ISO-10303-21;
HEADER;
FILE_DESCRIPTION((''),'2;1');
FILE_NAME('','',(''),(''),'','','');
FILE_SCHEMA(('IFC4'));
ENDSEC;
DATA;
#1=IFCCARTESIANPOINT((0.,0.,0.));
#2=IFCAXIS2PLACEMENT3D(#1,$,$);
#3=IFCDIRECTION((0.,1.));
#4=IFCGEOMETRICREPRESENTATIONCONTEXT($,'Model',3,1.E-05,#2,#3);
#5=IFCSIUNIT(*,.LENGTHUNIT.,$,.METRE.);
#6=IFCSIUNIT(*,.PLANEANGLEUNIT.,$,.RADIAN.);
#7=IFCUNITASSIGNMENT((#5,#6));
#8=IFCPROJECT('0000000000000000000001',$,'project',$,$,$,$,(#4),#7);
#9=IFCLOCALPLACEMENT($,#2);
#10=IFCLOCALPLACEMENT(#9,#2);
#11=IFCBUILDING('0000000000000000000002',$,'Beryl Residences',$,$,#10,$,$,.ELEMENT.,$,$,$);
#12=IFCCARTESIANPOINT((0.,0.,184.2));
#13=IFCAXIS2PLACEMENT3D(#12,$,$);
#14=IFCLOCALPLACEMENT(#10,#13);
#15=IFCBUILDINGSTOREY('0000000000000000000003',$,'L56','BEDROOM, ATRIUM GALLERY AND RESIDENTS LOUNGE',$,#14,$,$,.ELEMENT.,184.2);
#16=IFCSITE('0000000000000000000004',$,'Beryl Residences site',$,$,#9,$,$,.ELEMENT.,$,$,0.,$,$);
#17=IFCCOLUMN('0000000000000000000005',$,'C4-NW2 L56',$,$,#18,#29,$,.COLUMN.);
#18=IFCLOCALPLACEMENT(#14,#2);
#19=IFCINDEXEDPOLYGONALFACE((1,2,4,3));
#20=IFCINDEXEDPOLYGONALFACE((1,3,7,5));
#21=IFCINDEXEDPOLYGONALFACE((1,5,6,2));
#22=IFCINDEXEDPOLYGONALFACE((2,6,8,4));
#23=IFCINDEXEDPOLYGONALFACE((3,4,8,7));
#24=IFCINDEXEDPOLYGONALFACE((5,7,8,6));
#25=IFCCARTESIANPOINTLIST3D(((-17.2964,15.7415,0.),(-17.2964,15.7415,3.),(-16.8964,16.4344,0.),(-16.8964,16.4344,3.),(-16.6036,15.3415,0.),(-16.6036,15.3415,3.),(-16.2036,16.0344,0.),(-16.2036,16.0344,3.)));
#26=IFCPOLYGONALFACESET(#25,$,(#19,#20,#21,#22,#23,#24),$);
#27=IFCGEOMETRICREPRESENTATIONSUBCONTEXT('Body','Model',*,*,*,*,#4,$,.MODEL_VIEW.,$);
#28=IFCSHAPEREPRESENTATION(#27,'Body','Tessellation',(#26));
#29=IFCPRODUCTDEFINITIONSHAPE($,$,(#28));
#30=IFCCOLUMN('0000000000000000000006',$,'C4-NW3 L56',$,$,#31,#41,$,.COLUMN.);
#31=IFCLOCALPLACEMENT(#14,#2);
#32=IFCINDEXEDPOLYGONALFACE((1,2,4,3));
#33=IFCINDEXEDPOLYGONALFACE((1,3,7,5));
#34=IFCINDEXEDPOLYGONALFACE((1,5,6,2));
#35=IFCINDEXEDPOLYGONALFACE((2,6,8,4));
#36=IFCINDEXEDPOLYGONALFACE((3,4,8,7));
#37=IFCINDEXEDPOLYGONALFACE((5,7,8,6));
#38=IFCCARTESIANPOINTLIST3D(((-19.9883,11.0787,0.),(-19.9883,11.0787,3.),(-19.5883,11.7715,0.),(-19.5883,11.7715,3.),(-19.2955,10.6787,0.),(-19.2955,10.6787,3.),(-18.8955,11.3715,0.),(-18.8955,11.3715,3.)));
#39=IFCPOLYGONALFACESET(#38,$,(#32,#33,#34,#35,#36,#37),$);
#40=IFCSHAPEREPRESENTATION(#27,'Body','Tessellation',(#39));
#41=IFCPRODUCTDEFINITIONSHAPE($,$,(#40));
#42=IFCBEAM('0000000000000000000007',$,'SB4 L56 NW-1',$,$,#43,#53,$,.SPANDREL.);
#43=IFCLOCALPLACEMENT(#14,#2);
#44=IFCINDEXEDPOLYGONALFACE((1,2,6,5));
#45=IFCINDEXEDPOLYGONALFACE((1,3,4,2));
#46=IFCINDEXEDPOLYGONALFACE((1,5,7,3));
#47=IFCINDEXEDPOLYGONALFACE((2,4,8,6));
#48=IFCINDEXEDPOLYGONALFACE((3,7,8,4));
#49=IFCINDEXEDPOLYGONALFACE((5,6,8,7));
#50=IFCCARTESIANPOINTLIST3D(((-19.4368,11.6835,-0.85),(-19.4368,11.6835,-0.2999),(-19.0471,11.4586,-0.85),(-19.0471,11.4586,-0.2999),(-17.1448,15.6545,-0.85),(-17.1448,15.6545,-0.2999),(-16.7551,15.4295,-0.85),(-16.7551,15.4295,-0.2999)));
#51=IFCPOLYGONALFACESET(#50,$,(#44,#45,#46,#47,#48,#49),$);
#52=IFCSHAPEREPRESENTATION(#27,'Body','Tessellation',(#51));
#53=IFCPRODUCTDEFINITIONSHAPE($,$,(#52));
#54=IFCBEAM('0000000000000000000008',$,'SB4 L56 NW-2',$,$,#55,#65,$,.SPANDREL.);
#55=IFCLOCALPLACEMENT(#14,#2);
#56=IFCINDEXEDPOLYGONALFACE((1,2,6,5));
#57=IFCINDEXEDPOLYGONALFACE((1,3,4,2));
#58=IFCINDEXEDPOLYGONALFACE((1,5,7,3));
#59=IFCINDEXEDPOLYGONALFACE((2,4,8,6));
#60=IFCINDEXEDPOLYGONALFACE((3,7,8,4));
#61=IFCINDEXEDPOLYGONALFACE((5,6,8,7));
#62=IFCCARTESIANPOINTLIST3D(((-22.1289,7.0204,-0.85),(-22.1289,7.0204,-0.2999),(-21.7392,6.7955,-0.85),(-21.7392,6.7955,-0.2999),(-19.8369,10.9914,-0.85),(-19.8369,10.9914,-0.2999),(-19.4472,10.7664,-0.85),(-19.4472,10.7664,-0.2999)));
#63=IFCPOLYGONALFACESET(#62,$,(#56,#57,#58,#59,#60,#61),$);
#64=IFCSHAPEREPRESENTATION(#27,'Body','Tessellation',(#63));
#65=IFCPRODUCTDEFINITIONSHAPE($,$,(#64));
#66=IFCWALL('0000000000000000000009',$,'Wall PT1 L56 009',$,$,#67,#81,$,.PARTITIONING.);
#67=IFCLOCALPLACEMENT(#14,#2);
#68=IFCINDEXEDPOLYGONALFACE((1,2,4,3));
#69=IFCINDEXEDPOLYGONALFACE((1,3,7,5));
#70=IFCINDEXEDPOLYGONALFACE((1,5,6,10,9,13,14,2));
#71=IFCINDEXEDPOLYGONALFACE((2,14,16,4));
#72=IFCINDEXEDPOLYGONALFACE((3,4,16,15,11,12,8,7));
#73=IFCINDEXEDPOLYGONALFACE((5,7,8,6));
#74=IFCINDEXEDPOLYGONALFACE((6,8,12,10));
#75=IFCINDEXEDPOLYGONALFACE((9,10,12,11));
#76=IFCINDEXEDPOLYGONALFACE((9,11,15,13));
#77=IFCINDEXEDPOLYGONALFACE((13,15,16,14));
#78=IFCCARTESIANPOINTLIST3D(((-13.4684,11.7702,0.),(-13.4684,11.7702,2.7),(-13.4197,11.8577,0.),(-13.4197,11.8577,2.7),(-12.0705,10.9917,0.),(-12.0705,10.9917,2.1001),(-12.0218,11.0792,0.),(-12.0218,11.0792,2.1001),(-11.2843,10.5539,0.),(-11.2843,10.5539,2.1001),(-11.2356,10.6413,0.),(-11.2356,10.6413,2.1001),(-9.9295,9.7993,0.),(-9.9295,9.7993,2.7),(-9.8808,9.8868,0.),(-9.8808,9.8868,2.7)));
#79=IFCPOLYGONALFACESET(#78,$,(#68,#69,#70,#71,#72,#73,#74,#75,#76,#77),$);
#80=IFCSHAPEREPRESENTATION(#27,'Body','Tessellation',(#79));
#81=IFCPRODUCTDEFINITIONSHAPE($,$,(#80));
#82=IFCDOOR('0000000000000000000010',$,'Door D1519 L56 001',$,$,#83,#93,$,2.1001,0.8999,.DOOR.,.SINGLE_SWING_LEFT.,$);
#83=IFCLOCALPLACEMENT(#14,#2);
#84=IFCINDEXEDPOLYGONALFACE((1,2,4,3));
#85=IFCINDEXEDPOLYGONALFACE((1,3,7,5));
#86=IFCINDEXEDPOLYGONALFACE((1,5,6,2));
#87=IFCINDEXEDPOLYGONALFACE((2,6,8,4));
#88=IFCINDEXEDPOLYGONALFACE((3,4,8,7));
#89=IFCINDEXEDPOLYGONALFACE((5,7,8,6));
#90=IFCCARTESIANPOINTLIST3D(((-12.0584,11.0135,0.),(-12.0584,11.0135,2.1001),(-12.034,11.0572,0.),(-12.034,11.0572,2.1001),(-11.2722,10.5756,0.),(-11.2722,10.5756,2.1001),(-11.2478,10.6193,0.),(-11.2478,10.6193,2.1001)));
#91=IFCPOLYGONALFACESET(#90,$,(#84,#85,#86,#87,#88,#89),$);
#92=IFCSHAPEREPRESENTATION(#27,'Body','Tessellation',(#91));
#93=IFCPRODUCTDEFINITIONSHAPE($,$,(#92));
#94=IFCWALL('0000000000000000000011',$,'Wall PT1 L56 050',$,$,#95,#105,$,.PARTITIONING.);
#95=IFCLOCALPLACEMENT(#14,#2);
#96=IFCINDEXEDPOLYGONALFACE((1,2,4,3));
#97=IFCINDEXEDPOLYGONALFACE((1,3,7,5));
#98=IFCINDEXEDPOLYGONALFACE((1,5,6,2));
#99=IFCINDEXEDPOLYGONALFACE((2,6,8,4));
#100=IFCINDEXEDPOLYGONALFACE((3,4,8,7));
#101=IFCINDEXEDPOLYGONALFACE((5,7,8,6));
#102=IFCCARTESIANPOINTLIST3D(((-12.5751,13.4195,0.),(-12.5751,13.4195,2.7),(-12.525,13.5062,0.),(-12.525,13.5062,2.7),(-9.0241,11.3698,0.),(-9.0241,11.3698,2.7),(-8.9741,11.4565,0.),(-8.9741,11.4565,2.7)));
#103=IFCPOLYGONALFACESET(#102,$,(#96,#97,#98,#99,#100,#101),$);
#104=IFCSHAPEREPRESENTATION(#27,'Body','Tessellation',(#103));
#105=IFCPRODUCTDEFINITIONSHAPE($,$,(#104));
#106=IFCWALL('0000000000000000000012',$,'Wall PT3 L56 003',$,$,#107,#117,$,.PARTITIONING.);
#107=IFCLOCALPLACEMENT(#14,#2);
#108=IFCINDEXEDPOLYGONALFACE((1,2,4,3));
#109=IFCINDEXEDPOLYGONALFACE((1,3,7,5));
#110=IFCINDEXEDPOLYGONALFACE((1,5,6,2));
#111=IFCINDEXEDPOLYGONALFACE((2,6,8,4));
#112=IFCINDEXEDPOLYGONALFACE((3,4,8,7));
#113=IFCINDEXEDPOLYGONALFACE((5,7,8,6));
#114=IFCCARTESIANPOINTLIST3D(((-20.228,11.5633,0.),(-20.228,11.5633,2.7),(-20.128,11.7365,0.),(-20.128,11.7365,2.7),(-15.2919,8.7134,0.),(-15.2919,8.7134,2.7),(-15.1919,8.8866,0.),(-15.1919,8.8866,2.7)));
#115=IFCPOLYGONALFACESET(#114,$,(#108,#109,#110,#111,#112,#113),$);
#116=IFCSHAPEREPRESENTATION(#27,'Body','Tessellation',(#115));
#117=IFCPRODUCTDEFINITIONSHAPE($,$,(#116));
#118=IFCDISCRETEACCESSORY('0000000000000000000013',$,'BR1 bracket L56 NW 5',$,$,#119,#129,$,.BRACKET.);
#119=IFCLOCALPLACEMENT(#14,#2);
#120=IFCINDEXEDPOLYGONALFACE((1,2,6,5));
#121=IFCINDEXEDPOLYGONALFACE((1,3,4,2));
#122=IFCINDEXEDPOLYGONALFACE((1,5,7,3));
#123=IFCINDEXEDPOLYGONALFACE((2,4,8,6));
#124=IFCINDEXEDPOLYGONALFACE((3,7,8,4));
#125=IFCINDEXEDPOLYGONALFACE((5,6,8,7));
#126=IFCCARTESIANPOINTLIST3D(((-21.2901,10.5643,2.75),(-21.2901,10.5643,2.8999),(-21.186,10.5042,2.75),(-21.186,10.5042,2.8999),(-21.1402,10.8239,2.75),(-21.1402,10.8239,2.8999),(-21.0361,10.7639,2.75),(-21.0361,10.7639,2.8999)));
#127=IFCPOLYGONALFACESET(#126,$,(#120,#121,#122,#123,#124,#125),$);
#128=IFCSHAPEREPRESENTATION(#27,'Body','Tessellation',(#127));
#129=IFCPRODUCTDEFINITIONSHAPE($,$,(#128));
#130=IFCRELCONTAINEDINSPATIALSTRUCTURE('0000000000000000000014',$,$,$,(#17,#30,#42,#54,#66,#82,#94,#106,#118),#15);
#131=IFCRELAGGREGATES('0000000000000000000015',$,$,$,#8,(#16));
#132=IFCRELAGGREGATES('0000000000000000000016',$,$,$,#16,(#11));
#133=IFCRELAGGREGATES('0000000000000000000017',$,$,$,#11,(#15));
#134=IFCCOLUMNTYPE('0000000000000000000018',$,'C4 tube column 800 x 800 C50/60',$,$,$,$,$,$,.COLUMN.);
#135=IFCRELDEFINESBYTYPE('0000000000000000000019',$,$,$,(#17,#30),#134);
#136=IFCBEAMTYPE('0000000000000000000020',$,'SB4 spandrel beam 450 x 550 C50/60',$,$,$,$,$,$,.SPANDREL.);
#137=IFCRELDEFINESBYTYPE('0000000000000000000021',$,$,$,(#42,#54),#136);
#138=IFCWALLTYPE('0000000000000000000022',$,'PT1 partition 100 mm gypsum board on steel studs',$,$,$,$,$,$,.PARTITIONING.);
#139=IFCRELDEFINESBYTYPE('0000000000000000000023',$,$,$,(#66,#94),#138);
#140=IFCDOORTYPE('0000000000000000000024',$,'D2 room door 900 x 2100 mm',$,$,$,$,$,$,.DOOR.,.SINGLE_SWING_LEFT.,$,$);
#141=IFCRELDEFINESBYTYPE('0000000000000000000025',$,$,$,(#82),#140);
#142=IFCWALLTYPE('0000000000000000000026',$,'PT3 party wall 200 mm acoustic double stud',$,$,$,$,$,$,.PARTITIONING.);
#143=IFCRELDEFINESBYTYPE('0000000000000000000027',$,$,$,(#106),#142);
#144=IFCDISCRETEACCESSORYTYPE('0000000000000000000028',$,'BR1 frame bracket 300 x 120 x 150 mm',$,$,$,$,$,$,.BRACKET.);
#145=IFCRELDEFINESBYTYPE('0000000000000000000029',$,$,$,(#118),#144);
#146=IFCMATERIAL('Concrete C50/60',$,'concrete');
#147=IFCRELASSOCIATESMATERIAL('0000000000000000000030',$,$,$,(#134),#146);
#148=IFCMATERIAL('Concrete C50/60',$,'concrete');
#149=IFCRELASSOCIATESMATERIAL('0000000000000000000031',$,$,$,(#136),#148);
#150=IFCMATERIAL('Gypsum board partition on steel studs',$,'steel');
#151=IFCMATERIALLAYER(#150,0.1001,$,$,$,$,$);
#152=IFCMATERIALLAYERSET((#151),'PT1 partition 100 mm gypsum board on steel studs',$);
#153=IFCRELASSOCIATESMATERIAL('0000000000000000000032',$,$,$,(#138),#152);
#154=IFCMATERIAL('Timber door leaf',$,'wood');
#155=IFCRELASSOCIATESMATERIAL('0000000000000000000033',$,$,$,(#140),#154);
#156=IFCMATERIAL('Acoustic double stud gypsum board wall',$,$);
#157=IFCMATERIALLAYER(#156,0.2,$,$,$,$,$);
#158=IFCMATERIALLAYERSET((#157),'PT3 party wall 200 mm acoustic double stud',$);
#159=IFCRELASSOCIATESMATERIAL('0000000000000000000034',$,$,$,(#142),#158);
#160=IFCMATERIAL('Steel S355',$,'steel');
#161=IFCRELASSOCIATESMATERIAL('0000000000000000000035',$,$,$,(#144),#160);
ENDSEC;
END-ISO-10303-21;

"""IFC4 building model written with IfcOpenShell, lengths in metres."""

from ifc_helpers import new_model, si_unit, direction, frame, frame_2d, origin, origin_2d, place, context, subcontext, project, spatial, polyline, rectangle, outline, extrude, source, transform, mapped, material, layer, layer_set, material_profile, profile_set, type_object, type_shapes, element, fill, save


model = new_model("IFC4")

# Units and contexts
model_context = context("Model", 3, precision=1e-05, world=origin(), true_north=direction((0.0, 1.0)))
body_context = subcontext(model_context, "Body", "Model", "MODEL_VIEW")
ifc_project = project(units=[si_unit("LENGTHUNIT", "METRE"), si_unit("PLANEANGLEUNIT", "RADIAN")], contexts=[model_context])

# Site, building, storey
site_placement = place(None, origin())
site = spatial("IfcSite", under=ifc_project, at=site_placement, Name="Beryl Residences site", CompositionType="ELEMENT", RefElevation=0.0)
building_placement = place(site_placement, origin())
building = spatial("IfcBuilding", under=site, at=building_placement, Name="Beryl Residences", CompositionType="ELEMENT")
storey_placement = place(building_placement, frame((0.0, 0.0, 184.2)))
storey = spatial("IfcBuildingStorey", under=building, at=storey_placement, Name="L56", Description="BEDROOM, ATRIUM GALLERY AND RESIDENTS LOUNGE", CompositionType="ELEMENT", Elevation=184.2)

# Columns
ifc_material_1 = material(Name="Concrete C50/60", Category="concrete")
ifc_material_profile_1 = material_profile(ifc_material_1, rectangle(XDim=0.8, YDim=0.8, at=origin_2d()))
ifc_profile_set_1 = profile_set([ifc_material_profile_1], Name="Concrete C50/60")
column_type = type_object("IfcColumnType", Name="C4 tube column 800 x 800 C50/60", PredefinedType="COLUMN", material=ifc_profile_set_1)
for number, where, z_axis, x_axis, name in (
    (1, (-16.75, 15.8879, 0.0), (0.0, 0.0, 1.0), (-0.5, -0.866025, 0.0), "C4-NW2 L56"),
    (2, (-19.4419, 11.2251, 0.0), (0.0, 0.0, 1.0), (-0.5, -0.866025, 0.0), "C4-NW3 L56"),
):
    element("IfcColumn", number, at=place(storey_placement, frame(where, z_axis=z_axis, x_axis=x_axis)), inside=storey, type_object=column_type, Name=name, PredefinedType="COLUMN", context=body_context, shape_type="SweptSolid", body=[
        extrude(rectangle(XDim=0.8, YDim=0.8, at=origin_2d()), origin(), (0.0, 0.0, 1.0), 3.0),
    ])

# Beams
ifc_material_2 = material(Name="Concrete C50/60", Category="concrete")
ifc_material_profile_2 = material_profile(ifc_material_2, rectangle(XDim=0.45, YDim=0.55, at=origin_2d()))
ifc_profile_set_2 = profile_set([ifc_material_profile_2], Name="Concrete C50/60")
beam_type = type_object("IfcBeamType", Name="SB4 spandrel beam 450 x 550 C50/60", PredefinedType="SPANDREL", material=ifc_profile_set_2)
for number, where, z_axis, x_axis, name in (
    (3, (-16.95, 15.542, -0.575), (-0.499896, -0.866085, 0.0), (0.866085, -0.499896, 0.0), "SB4 L56 NW-1"),
    (4, (-19.6421, 10.8789, -0.575), (-0.499896, -0.866085, 0.0), (0.866085, -0.499896, 0.0), "SB4 L56 NW-2"),
):
    element("IfcBeam", number, at=place(storey_placement, frame(where, z_axis=z_axis, x_axis=x_axis)), inside=storey, type_object=beam_type, Name=name, PredefinedType="SPANDREL", context=body_context, shape_type="SweptSolid", body=[
        extrude(rectangle(XDim=0.45, YDim=0.55, at=origin_2d()), origin(), (0.0, 0.0, 1.0), 4.585),
    ])

# Wall, opening, door
ifc_material_3 = material(Name="Gypsum board partition on steel studs", Category="steel")
ifc_layer_1 = layer(ifc_material_3, 0.1001)
ifc_layer_set_1 = layer_set([ifc_layer_1], Name="PT1 partition 100 mm gypsum board on steel studs")
wall_type_1 = type_object("IfcWallType", Name="PT1 partition 100 mm gypsum board on steel studs", PredefinedType="PARTITIONING", material=ifc_layer_set_1)
wall_1_placement = place(storey_placement, frame((-13.4441, 11.814, 0.0), z_axis=(0.0, 0.0, 1.0), x_axis=(0.873654, -0.486548, 0.0)))
wall_1 = element("IfcWall", 5, at=wall_1_placement, inside=storey, type_object=wall_type_1, Name="Wall PT1 L56 009", PredefinedType="PARTITIONING", context=body_context, shape_type="SweptSolid", body=[
    extrude(rectangle(XDim=4.0508, YDim=0.1001, at=frame_2d((2.0254, 0.0))), origin(), (0.0, 0.0, 1.0), 2.7),
])
opening_placement = place(wall_1_placement, frame((1.6001, 0.0, 0.0)))
opening = element("IfcOpeningElement", 6, at=opening_placement, cuts=wall_1, PredefinedType="OPENING", context=body_context, shape_type="SweptSolid", body=[
    extrude(rectangle(XDim=0.8999, YDim=2.1001, at=frame_2d((0.45, 1.05))), frame((0.0, 0.0601, 0.0), z_axis=(0.0, -1.0, 0.0), x_axis=(1.0, 0.0, 0.0)), (0.0, 0.0, 1.0), 0.1201),
])
ifc_material_4 = material(Name="Timber door leaf", Category="wood")
door_type = type_object("IfcDoorType", Name="D2 room door 900 x 2100 mm", OperationType="SINGLE_SWING_LEFT", PredefinedType="DOOR", material=ifc_material_4)
door_placement = place(opening_placement, origin())
door = element("IfcDoor", 7, at=door_placement, inside=storey, type_object=door_type, Name="Door D1519 L56 001", OperationType="SINGLE_SWING_LEFT", OverallHeight=2.1001, OverallWidth=0.8999, PredefinedType="DOOR", context=body_context, shape_type="SweptSolid", body=[
    extrude(rectangle(XDim=0.8999, YDim=2.1001, at=frame_2d((0.45, 1.05))), frame((0.0, 0.0249, 0.0), z_axis=(0.0, -1.0, 0.0), x_axis=(1.0, 0.0, 0.0)), (0.0, 0.0, 1.0), 0.05),
])
fill(opening, door)

# Walls
wall_2_placement = place(storey_placement, frame((-12.55, 13.4629, 0.0), z_axis=(0.0, 0.0, 1.0), x_axis=(0.866066, -0.49993, 0.0)))
element("IfcWall", 8, at=wall_2_placement, inside=storey, type_object=wall_type_1, Name="Wall PT1 L56 050", PredefinedType="PARTITIONING", context=body_context, shape_type="SweptSolid", body=[
    extrude(rectangle(XDim=4.1001, YDim=0.1001, at=frame_2d((2.05, 0.0))), origin(), (0.0, 0.0, 1.0), 2.7),
])
ifc_material_5 = material(Name="Acoustic double stud gypsum board wall")
ifc_layer_2 = layer(ifc_material_5, 0.2)
ifc_layer_set_2 = layer_set([ifc_layer_2], Name="PT3 party wall 200 mm acoustic double stud")
wall_type_2 = type_object("IfcWallType", Name="PT3 party wall 200 mm acoustic double stud", PredefinedType="PARTITIONING", material=ifc_layer_set_2)
wall_3_placement = place(storey_placement, frame((-20.178, 11.6499, 0.0), z_axis=(0.0, 0.0, 1.0), x_axis=(0.866023, -0.500004, 0.0)))
element("IfcWall", 9, at=wall_3_placement, inside=storey, type_object=wall_type_2, Name="Wall PT3 L56 003", PredefinedType="PARTITIONING", context=body_context, shape_type="SweptSolid", body=[
    extrude(rectangle(XDim=5.6997, YDim=0.2, at=frame_2d((2.8499, 0.0))), origin(), (0.0, 0.0, 1.0), 2.7),
])

# Discrete accessory
ifc_material_6 = material(Name="Steel S355", Category="steel")
discrete_accessory_type = type_object("IfcDiscreteAccessoryType", Name="BR1 frame bracket 300 x 120 x 150 mm", PredefinedType="BRACKET", material=ifc_material_6)
shared_shape_1 = source(origin(), body_context, "Body", "SweptSolid", [
    extrude(outline(polyline([(-0.1499, 0.0), (0.1499, 0.0), (0.1499, 0.1201), (-0.1499, 0.1201), (-0.1499, 0.0)])), origin(), (0.0, 0.0, 1.0), 0.1499),
])
type_shapes(discrete_accessory_type, [shared_shape_1])
discrete_accessory_placement = place(storey_placement, frame((-21.1111, 10.634, 2.75), z_axis=(0.0, 0.0, 1.0), x_axis=(0.5, 0.866025, 0.0)))
element("IfcDiscreteAccessory", 10, at=discrete_accessory_placement, inside=storey, type_object=discrete_accessory_type, Name="BR1 bracket L56 NW 5", PredefinedType="BRACKET", context=body_context, shape_type="MappedRepresentation", body=[
    mapped(shared_shape_1, transform((0.0, 0.0, 0.0))),
])

save(model, "model.ifc")
